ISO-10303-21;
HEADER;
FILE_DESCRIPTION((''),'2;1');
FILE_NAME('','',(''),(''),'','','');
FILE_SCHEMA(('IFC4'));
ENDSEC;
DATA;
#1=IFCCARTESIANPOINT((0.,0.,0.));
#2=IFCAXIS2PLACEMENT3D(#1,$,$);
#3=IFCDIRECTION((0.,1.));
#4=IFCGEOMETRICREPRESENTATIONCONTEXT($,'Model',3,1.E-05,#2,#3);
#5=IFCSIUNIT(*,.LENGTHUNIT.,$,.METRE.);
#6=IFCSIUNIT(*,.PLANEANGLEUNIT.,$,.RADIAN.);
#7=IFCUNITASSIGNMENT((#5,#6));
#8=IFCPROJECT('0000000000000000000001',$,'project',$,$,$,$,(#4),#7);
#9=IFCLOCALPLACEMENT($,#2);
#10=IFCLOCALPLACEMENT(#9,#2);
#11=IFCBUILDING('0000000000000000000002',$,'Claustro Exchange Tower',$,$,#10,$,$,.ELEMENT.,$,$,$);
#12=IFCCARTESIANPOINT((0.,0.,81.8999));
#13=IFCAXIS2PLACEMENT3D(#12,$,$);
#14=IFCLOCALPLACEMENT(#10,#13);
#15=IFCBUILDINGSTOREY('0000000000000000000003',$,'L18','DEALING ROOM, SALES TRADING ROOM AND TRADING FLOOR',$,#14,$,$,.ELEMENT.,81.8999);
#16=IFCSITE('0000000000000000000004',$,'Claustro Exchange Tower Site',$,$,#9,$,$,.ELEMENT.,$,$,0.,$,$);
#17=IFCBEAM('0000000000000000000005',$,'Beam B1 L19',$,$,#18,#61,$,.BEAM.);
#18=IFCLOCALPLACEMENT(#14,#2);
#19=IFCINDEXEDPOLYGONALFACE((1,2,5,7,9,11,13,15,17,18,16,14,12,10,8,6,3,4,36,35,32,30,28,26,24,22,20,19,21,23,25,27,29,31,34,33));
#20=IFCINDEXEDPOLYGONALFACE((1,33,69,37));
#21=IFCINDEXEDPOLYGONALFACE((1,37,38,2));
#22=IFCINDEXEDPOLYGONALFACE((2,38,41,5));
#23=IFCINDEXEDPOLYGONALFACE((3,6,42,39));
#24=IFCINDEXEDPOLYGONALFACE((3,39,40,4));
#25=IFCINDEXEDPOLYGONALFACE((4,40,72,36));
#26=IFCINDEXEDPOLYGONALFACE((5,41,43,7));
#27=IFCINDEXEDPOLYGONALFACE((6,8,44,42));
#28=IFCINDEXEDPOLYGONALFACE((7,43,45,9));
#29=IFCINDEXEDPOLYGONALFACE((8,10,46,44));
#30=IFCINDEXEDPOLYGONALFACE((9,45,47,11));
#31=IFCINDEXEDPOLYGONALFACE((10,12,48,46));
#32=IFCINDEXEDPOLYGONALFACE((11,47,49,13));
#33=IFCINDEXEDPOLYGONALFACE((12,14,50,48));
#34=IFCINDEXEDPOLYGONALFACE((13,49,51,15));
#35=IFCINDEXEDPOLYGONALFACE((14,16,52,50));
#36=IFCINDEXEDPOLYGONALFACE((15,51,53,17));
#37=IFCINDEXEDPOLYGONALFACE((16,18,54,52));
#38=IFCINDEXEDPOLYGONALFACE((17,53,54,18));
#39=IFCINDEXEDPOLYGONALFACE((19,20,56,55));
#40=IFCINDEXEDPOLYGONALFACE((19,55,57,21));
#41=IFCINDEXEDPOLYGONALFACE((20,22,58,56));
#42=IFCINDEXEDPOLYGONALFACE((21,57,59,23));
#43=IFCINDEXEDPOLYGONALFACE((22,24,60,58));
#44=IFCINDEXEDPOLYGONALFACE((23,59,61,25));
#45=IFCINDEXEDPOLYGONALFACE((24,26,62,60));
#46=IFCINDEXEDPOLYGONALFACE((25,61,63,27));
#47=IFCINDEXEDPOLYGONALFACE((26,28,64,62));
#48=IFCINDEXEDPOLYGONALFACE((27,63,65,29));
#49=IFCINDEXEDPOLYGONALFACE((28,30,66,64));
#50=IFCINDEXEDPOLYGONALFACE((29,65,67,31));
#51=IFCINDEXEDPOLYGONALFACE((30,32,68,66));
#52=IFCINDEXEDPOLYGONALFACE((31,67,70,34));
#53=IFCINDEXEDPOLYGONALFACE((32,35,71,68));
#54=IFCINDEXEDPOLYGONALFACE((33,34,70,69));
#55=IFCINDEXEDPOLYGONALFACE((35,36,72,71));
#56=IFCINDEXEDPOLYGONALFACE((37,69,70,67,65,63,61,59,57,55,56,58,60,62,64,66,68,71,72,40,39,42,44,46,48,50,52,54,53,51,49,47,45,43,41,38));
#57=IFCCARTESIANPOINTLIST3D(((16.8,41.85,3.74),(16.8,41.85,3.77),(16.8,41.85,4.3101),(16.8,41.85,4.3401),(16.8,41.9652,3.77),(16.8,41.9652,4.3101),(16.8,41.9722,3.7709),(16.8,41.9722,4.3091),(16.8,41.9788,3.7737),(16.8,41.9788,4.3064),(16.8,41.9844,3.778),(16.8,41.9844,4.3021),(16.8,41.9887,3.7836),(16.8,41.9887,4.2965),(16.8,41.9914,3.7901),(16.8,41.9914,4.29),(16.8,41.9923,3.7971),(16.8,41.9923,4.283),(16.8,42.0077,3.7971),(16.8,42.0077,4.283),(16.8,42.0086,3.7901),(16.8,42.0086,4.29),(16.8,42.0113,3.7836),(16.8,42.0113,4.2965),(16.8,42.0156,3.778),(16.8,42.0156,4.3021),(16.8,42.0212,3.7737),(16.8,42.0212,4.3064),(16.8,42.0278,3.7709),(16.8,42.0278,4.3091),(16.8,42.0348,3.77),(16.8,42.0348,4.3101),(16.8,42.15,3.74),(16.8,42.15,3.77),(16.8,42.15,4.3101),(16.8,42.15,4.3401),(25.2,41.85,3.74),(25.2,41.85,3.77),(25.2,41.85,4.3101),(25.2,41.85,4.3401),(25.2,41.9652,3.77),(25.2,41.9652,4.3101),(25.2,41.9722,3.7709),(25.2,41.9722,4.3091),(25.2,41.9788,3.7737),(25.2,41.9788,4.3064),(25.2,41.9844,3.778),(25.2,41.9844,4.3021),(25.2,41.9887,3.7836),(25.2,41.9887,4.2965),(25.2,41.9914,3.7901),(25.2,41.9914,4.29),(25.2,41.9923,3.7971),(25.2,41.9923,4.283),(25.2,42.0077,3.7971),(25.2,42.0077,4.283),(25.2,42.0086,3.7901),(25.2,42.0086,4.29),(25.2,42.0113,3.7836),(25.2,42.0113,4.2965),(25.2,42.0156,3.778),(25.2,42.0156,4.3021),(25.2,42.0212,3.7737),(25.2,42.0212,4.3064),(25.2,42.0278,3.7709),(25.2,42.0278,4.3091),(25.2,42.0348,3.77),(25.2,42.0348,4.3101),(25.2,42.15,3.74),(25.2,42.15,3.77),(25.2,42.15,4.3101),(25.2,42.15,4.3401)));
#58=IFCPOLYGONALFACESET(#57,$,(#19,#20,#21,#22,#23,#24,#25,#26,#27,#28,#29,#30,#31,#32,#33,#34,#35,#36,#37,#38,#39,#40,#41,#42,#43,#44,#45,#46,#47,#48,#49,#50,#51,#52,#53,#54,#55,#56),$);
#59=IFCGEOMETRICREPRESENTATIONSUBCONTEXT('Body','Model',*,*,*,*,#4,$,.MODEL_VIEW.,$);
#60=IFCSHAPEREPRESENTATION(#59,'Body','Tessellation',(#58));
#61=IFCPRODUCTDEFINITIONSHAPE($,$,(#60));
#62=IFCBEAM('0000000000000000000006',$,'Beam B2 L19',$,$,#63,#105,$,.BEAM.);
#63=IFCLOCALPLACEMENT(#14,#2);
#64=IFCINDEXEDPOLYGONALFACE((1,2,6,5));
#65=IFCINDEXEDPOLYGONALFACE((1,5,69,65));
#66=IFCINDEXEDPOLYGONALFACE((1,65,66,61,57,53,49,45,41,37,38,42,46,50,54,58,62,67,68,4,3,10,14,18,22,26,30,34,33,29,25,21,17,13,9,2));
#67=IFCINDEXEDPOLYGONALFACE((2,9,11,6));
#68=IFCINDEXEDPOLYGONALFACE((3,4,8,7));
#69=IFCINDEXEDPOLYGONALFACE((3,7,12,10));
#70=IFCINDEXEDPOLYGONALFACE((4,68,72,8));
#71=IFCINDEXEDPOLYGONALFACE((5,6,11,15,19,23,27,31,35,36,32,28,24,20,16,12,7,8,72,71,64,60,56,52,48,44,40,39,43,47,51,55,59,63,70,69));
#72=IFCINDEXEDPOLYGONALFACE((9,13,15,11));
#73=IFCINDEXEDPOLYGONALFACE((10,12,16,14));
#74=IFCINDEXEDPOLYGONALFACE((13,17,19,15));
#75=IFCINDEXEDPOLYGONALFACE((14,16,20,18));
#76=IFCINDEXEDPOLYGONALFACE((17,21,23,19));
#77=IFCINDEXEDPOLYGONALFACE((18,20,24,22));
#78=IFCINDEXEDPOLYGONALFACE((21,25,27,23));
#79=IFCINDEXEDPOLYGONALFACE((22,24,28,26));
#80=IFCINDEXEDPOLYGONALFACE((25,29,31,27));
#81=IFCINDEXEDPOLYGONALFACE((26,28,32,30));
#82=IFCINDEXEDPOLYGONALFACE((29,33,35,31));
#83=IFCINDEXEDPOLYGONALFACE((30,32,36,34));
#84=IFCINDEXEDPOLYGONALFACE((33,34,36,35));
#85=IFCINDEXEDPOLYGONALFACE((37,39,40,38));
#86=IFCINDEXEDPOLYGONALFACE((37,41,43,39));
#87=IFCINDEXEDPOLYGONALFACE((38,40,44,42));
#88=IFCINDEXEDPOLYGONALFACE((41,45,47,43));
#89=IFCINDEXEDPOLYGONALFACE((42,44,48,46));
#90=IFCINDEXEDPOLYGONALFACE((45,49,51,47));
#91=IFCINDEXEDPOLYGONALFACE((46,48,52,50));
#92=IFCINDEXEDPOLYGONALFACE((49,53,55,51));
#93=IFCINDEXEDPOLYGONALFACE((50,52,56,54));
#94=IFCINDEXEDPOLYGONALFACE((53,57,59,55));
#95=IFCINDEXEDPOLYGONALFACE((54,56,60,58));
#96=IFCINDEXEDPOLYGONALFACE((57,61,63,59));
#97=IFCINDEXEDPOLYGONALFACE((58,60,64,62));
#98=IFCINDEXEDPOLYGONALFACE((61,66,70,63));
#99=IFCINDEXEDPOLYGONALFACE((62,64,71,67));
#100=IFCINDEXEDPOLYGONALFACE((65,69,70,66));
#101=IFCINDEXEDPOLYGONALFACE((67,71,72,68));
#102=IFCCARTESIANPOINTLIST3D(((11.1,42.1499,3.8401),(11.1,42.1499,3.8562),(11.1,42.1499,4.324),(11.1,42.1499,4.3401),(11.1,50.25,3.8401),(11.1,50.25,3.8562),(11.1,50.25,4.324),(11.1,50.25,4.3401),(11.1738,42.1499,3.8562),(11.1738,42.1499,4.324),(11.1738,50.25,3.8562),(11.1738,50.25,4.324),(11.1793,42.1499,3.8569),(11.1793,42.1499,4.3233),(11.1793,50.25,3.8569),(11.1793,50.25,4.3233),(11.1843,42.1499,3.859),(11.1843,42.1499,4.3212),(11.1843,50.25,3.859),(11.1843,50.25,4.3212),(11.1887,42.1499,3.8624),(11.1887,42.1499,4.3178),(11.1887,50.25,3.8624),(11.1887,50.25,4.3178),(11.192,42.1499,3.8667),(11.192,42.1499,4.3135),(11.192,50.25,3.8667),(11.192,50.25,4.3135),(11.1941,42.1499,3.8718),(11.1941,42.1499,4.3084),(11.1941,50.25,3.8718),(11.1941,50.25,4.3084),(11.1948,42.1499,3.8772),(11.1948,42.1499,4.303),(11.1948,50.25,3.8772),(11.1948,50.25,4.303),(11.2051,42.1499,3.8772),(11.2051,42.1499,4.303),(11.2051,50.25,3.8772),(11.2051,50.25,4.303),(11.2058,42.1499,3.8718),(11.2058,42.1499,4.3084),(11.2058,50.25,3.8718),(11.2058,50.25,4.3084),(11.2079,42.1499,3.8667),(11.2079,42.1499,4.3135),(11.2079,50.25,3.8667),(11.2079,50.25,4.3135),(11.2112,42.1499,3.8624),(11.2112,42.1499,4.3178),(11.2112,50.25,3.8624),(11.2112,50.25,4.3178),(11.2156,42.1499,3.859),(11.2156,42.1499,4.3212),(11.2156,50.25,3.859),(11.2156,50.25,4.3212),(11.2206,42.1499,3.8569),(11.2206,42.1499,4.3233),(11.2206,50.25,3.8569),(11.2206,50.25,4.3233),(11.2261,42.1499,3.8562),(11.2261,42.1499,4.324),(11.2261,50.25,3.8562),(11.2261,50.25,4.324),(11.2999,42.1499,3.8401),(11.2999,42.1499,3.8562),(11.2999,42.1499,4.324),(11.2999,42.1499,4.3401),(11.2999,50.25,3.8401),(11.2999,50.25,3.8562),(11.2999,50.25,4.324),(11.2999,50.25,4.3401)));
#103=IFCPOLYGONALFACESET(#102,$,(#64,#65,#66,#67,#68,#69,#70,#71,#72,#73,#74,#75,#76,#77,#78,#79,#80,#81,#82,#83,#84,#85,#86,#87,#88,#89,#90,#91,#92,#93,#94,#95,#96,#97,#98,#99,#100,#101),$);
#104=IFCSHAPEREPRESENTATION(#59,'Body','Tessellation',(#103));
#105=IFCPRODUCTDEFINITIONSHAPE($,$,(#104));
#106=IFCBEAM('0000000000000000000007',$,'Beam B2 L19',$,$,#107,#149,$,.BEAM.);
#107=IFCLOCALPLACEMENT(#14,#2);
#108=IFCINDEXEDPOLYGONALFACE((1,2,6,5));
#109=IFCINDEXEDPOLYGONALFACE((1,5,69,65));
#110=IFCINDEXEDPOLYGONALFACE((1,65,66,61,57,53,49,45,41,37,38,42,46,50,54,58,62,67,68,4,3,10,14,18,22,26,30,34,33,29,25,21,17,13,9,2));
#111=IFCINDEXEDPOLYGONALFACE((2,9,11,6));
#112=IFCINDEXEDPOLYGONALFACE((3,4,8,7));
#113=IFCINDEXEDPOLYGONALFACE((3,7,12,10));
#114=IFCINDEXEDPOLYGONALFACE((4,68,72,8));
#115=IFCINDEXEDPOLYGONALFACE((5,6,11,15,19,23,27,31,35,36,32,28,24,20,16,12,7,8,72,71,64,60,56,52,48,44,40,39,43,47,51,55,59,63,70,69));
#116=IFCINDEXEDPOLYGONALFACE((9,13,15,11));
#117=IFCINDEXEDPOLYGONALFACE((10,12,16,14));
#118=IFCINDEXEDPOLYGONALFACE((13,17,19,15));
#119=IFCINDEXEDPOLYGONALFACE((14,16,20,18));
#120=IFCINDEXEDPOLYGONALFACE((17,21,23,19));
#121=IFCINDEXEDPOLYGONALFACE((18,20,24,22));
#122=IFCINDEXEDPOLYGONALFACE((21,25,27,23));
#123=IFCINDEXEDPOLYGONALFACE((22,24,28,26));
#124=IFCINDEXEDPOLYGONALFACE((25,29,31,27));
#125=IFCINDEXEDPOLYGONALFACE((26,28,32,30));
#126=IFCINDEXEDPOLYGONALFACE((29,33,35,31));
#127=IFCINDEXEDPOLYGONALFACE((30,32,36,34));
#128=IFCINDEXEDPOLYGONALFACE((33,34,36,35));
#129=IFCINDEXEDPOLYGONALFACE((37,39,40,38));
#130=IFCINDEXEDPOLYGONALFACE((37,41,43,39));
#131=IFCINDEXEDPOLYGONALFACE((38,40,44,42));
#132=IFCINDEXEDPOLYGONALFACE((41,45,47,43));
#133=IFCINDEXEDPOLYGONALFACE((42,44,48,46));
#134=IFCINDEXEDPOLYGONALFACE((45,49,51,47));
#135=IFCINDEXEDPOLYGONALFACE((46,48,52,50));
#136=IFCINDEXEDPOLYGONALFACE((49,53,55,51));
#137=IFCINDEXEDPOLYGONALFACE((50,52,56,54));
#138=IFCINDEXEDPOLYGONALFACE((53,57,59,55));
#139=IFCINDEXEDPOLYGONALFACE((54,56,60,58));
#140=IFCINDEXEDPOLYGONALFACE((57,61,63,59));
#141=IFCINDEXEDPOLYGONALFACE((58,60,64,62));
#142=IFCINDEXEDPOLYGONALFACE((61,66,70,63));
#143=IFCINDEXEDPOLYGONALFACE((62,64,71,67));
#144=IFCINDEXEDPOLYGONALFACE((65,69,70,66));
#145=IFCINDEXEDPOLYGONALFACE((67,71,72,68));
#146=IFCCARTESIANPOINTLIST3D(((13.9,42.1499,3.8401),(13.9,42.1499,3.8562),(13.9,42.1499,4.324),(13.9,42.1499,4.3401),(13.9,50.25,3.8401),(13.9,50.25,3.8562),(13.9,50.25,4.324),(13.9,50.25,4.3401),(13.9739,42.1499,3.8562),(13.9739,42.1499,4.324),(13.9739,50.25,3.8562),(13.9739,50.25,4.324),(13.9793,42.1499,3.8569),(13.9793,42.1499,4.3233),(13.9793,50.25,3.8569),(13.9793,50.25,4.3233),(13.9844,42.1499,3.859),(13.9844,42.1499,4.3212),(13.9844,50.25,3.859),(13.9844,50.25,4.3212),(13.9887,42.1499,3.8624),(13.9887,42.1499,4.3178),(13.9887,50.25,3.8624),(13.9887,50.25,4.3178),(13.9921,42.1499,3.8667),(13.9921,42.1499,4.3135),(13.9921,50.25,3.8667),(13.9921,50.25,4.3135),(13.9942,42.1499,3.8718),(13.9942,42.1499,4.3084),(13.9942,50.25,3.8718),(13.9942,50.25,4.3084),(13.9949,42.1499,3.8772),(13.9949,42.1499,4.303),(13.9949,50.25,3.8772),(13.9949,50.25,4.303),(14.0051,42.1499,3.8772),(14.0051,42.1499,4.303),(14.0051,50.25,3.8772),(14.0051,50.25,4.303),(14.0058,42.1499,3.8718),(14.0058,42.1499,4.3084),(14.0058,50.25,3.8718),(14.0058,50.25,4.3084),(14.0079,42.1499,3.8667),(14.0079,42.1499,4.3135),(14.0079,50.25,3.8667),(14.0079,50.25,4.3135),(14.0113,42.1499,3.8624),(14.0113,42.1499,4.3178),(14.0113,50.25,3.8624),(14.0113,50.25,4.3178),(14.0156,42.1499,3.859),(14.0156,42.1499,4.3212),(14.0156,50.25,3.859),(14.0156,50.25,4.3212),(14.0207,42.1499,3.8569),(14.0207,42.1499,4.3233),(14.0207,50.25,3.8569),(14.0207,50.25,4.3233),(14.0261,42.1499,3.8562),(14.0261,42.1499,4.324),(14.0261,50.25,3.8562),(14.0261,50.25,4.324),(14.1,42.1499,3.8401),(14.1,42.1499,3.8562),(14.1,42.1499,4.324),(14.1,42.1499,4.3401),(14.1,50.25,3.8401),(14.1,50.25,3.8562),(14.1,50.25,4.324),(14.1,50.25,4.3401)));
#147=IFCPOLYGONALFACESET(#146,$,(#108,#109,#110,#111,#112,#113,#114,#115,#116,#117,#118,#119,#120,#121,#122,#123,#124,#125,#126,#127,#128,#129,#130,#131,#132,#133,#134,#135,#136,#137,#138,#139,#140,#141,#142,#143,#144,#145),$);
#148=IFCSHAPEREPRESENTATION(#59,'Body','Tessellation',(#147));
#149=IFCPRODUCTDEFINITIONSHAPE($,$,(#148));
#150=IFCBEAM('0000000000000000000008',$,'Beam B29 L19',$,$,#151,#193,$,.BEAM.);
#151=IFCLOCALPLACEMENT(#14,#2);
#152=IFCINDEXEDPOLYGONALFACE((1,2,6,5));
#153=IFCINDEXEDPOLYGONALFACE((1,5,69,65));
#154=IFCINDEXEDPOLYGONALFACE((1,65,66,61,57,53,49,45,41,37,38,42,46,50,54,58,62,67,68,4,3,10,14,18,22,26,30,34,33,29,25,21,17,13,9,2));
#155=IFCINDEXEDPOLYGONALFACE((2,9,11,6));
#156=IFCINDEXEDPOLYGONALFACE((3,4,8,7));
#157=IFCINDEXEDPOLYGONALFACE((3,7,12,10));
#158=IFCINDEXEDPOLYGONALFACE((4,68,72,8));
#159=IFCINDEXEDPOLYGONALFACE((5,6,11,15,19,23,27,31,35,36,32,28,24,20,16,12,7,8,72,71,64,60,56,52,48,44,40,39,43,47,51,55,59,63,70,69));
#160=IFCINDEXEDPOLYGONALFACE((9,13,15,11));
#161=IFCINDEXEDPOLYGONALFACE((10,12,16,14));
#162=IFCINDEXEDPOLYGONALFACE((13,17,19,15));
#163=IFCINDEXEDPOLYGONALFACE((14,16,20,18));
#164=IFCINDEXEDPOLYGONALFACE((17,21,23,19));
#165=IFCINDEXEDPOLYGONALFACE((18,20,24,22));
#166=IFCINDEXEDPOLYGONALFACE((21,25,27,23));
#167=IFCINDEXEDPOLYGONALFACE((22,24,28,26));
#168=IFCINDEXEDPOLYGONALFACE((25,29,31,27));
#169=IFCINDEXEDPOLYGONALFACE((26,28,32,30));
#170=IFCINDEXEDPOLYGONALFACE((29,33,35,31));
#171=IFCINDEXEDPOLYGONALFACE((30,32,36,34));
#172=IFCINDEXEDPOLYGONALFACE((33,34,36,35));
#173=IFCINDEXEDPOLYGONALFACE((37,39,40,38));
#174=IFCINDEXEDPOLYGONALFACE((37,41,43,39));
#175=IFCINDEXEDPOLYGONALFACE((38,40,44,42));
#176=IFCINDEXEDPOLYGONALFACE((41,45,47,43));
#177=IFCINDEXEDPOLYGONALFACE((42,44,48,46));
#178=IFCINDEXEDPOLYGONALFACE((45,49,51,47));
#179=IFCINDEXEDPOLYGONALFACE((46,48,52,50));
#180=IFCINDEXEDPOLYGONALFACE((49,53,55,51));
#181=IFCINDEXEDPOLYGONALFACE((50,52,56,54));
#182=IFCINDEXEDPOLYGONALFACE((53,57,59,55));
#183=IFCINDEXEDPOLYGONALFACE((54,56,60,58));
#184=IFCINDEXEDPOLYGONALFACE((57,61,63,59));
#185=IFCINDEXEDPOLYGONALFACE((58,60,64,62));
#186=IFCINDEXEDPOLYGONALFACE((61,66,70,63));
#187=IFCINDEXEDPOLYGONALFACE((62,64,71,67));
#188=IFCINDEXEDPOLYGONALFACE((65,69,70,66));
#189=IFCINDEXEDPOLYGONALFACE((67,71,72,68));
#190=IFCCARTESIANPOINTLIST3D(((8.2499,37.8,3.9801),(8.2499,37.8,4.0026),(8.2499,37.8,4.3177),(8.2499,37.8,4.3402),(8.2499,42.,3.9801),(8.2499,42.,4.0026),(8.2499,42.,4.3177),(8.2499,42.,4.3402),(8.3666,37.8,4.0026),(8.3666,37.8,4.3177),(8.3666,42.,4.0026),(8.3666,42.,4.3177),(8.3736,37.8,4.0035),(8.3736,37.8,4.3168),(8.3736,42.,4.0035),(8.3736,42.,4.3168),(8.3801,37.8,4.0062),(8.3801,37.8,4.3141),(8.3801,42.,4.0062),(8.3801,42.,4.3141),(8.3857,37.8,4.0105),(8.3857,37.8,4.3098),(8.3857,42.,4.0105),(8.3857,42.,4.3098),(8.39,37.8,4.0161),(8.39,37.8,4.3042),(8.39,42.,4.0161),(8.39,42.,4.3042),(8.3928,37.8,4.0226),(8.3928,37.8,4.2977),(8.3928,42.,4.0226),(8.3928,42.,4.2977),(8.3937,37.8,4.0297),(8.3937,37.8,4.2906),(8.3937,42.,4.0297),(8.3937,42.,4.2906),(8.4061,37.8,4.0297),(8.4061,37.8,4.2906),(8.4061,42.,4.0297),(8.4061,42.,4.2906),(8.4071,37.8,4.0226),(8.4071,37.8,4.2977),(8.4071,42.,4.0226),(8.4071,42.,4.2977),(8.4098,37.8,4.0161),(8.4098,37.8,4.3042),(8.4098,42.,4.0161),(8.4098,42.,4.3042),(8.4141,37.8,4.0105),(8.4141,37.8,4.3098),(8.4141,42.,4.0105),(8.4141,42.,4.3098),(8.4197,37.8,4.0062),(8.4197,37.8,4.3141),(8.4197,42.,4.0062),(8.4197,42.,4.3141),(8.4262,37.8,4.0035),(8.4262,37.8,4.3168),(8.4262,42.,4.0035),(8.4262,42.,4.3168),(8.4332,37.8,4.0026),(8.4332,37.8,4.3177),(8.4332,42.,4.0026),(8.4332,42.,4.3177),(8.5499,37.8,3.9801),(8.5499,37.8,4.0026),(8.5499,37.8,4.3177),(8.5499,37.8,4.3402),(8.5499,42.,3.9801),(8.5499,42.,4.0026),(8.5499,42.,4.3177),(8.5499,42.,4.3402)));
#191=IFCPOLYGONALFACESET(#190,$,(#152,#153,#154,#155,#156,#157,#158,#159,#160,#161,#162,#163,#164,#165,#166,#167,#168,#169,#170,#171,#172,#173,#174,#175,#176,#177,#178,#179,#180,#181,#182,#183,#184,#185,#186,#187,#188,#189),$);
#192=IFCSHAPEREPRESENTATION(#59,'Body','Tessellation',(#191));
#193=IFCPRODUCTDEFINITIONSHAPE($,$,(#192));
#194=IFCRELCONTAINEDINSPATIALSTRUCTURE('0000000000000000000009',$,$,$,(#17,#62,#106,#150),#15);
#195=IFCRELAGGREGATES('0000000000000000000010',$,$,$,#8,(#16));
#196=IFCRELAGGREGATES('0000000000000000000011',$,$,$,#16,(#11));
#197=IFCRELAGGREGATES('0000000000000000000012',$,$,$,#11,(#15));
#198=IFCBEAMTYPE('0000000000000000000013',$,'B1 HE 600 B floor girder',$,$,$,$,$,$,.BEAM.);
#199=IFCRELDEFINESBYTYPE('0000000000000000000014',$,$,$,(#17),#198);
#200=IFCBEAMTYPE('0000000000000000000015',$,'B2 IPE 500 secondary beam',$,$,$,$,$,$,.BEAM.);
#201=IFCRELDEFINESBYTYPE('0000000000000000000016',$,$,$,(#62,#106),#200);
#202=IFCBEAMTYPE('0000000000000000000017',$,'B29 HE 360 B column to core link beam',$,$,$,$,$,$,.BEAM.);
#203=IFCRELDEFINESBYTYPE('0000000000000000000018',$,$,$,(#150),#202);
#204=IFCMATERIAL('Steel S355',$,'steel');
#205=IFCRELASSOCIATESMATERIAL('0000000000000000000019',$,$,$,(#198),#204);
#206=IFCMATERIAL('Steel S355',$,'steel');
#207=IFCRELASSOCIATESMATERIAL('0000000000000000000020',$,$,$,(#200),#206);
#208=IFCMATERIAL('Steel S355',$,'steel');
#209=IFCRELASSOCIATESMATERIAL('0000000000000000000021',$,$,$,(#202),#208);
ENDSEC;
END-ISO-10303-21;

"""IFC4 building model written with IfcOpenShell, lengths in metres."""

from ifc_helpers import new_model, si_unit, direction, frame, origin, origin_2d, place, context, subcontext, project, spatial, i_section, extrude, material, material_profile, profile_set, type_object, element, save


model = new_model("IFC4")

# Units and contexts
model_context = context("Model", 3, precision=1e-05, world=origin(), true_north=direction((0.0, 1.0)))
body_context = subcontext(model_context, "Body", "Model", "MODEL_VIEW")
ifc_project = project(units=[si_unit("LENGTHUNIT", "METRE"), si_unit("PLANEANGLEUNIT", "RADIAN")], contexts=[model_context])

# Site, building, storey
site_placement = place(None, origin())
site = spatial("IfcSite", under=ifc_project, at=site_placement, Name="Claustro Exchange Tower Site", CompositionType="ELEMENT", RefElevation=0.0)
building_placement = place(site_placement, origin())
building = spatial("IfcBuilding", under=site, at=building_placement, Name="Claustro Exchange Tower", CompositionType="ELEMENT")
storey_placement = place(building_placement, frame((0.0, 0.0, 81.8999)))
storey = spatial("IfcBuildingStorey", under=building, at=storey_placement, Name="L18", Description="DEALING ROOM, SALES TRADING ROOM AND TRADING FLOOR", CompositionType="ELEMENT", Elevation=81.8999)

# Beams
ifc_material_1 = material(Name="Steel S355", Category="steel")
ifc_material_profile_1 = material_profile(ifc_material_1, i_section(OverallWidth=0.3, OverallDepth=0.6001, WebThickness=0.0154, FlangeThickness=0.03, FilletRadius=0.0271, at=origin_2d()), Name="HE 600 B")
ifc_profile_set_1 = profile_set([ifc_material_profile_1], Name="Steel S355")
beam_type_1 = type_object("IfcBeamType", Name="B1 HE 600 B floor girder", PredefinedType="BEAM", material=ifc_profile_set_1)
beam_1_placement = place(storey_placement, frame((16.8, 42.0, 4.04), z_axis=(1.0, 0.0, 0.0), x_axis=(0.0, 1.0, 0.0)))
element("IfcBeam", 1, at=beam_1_placement, inside=storey, type_object=beam_type_1, Name="Beam B1 L19", PredefinedType="BEAM", context=body_context, shape_type="SweptSolid", body=[
    extrude(i_section(OverallWidth=0.3, OverallDepth=0.6001, WebThickness=0.0154, FlangeThickness=0.03, FilletRadius=0.0271, at=origin_2d()), origin(), (0.0, 0.0, 1.0), 8.3999),
])
ifc_material_2 = material(Name="Steel S355", Category="steel")
ifc_material_profile_2 = material_profile(ifc_material_2, i_section(OverallWidth=0.2, OverallDepth=0.5, WebThickness=0.0103, FlangeThickness=0.0161, FilletRadius=0.021, at=origin_2d()), Name="IPE 500")
ifc_profile_set_2 = profile_set([ifc_material_profile_2], Name="Steel S355")
beam_type_2 = type_object("IfcBeamType", Name="B2 IPE 500 secondary beam", PredefinedType="BEAM", material=ifc_profile_set_2)
for number, where, z_axis, x_axis, name in (
    (2, (11.2, 42.1499, 4.0901), (0.0, 1.0, 0.0), (-1.0, 0.0, 0.0), "Beam B2 L19"),
    (3, (14.0, 42.1499, 4.0901), (0.0, 1.0, 0.0), (-1.0, 0.0, 0.0), "Beam B2 L19"),
):
    element("IfcBeam", number, at=place(storey_placement, frame(where, z_axis=z_axis, x_axis=x_axis)), inside=storey, type_object=beam_type_2, Name=name, PredefinedType="BEAM", context=body_context, shape_type="SweptSolid", body=[
        extrude(i_section(OverallWidth=0.2, OverallDepth=0.5, WebThickness=0.0103, FlangeThickness=0.0161, FilletRadius=0.021, at=origin_2d()), origin(), (0.0, 0.0, 1.0), 8.1001),
    ])
ifc_material_3 = material(Name="Steel S355", Category="steel")
ifc_material_profile_3 = material_profile(ifc_material_3, i_section(OverallWidth=0.3, OverallDepth=0.3601, WebThickness=0.0125, FlangeThickness=0.0225, FilletRadius=0.0271, at=origin_2d()), Name="HE 360 B")
ifc_profile_set_3 = profile_set([ifc_material_profile_3], Name="Steel S355")
beam_type_3 = type_object("IfcBeamType", Name="B29 HE 360 B column to core link beam", PredefinedType="BEAM", material=ifc_profile_set_3)
for number, where, z_axis, x_axis, name in (
    (4, (8.3999, 37.8, 4.1602), (0.0, 1.0, 0.0), (-1.0, 0.0, 0.0), "Beam B29 L19"),
):
    element("IfcBeam", number, at=place(storey_placement, frame(where, z_axis=z_axis, x_axis=x_axis)), inside=storey, type_object=beam_type_3, Name=name, PredefinedType="BEAM", context=body_context, shape_type="SweptSolid", body=[
        extrude(i_section(OverallWidth=0.3, OverallDepth=0.3601, WebThickness=0.0125, FlangeThickness=0.0225, FilletRadius=0.0271, at=origin_2d()), origin(), (0.0, 0.0, 1.0), 4.2),
    ])

save(model, "model.ifc")
